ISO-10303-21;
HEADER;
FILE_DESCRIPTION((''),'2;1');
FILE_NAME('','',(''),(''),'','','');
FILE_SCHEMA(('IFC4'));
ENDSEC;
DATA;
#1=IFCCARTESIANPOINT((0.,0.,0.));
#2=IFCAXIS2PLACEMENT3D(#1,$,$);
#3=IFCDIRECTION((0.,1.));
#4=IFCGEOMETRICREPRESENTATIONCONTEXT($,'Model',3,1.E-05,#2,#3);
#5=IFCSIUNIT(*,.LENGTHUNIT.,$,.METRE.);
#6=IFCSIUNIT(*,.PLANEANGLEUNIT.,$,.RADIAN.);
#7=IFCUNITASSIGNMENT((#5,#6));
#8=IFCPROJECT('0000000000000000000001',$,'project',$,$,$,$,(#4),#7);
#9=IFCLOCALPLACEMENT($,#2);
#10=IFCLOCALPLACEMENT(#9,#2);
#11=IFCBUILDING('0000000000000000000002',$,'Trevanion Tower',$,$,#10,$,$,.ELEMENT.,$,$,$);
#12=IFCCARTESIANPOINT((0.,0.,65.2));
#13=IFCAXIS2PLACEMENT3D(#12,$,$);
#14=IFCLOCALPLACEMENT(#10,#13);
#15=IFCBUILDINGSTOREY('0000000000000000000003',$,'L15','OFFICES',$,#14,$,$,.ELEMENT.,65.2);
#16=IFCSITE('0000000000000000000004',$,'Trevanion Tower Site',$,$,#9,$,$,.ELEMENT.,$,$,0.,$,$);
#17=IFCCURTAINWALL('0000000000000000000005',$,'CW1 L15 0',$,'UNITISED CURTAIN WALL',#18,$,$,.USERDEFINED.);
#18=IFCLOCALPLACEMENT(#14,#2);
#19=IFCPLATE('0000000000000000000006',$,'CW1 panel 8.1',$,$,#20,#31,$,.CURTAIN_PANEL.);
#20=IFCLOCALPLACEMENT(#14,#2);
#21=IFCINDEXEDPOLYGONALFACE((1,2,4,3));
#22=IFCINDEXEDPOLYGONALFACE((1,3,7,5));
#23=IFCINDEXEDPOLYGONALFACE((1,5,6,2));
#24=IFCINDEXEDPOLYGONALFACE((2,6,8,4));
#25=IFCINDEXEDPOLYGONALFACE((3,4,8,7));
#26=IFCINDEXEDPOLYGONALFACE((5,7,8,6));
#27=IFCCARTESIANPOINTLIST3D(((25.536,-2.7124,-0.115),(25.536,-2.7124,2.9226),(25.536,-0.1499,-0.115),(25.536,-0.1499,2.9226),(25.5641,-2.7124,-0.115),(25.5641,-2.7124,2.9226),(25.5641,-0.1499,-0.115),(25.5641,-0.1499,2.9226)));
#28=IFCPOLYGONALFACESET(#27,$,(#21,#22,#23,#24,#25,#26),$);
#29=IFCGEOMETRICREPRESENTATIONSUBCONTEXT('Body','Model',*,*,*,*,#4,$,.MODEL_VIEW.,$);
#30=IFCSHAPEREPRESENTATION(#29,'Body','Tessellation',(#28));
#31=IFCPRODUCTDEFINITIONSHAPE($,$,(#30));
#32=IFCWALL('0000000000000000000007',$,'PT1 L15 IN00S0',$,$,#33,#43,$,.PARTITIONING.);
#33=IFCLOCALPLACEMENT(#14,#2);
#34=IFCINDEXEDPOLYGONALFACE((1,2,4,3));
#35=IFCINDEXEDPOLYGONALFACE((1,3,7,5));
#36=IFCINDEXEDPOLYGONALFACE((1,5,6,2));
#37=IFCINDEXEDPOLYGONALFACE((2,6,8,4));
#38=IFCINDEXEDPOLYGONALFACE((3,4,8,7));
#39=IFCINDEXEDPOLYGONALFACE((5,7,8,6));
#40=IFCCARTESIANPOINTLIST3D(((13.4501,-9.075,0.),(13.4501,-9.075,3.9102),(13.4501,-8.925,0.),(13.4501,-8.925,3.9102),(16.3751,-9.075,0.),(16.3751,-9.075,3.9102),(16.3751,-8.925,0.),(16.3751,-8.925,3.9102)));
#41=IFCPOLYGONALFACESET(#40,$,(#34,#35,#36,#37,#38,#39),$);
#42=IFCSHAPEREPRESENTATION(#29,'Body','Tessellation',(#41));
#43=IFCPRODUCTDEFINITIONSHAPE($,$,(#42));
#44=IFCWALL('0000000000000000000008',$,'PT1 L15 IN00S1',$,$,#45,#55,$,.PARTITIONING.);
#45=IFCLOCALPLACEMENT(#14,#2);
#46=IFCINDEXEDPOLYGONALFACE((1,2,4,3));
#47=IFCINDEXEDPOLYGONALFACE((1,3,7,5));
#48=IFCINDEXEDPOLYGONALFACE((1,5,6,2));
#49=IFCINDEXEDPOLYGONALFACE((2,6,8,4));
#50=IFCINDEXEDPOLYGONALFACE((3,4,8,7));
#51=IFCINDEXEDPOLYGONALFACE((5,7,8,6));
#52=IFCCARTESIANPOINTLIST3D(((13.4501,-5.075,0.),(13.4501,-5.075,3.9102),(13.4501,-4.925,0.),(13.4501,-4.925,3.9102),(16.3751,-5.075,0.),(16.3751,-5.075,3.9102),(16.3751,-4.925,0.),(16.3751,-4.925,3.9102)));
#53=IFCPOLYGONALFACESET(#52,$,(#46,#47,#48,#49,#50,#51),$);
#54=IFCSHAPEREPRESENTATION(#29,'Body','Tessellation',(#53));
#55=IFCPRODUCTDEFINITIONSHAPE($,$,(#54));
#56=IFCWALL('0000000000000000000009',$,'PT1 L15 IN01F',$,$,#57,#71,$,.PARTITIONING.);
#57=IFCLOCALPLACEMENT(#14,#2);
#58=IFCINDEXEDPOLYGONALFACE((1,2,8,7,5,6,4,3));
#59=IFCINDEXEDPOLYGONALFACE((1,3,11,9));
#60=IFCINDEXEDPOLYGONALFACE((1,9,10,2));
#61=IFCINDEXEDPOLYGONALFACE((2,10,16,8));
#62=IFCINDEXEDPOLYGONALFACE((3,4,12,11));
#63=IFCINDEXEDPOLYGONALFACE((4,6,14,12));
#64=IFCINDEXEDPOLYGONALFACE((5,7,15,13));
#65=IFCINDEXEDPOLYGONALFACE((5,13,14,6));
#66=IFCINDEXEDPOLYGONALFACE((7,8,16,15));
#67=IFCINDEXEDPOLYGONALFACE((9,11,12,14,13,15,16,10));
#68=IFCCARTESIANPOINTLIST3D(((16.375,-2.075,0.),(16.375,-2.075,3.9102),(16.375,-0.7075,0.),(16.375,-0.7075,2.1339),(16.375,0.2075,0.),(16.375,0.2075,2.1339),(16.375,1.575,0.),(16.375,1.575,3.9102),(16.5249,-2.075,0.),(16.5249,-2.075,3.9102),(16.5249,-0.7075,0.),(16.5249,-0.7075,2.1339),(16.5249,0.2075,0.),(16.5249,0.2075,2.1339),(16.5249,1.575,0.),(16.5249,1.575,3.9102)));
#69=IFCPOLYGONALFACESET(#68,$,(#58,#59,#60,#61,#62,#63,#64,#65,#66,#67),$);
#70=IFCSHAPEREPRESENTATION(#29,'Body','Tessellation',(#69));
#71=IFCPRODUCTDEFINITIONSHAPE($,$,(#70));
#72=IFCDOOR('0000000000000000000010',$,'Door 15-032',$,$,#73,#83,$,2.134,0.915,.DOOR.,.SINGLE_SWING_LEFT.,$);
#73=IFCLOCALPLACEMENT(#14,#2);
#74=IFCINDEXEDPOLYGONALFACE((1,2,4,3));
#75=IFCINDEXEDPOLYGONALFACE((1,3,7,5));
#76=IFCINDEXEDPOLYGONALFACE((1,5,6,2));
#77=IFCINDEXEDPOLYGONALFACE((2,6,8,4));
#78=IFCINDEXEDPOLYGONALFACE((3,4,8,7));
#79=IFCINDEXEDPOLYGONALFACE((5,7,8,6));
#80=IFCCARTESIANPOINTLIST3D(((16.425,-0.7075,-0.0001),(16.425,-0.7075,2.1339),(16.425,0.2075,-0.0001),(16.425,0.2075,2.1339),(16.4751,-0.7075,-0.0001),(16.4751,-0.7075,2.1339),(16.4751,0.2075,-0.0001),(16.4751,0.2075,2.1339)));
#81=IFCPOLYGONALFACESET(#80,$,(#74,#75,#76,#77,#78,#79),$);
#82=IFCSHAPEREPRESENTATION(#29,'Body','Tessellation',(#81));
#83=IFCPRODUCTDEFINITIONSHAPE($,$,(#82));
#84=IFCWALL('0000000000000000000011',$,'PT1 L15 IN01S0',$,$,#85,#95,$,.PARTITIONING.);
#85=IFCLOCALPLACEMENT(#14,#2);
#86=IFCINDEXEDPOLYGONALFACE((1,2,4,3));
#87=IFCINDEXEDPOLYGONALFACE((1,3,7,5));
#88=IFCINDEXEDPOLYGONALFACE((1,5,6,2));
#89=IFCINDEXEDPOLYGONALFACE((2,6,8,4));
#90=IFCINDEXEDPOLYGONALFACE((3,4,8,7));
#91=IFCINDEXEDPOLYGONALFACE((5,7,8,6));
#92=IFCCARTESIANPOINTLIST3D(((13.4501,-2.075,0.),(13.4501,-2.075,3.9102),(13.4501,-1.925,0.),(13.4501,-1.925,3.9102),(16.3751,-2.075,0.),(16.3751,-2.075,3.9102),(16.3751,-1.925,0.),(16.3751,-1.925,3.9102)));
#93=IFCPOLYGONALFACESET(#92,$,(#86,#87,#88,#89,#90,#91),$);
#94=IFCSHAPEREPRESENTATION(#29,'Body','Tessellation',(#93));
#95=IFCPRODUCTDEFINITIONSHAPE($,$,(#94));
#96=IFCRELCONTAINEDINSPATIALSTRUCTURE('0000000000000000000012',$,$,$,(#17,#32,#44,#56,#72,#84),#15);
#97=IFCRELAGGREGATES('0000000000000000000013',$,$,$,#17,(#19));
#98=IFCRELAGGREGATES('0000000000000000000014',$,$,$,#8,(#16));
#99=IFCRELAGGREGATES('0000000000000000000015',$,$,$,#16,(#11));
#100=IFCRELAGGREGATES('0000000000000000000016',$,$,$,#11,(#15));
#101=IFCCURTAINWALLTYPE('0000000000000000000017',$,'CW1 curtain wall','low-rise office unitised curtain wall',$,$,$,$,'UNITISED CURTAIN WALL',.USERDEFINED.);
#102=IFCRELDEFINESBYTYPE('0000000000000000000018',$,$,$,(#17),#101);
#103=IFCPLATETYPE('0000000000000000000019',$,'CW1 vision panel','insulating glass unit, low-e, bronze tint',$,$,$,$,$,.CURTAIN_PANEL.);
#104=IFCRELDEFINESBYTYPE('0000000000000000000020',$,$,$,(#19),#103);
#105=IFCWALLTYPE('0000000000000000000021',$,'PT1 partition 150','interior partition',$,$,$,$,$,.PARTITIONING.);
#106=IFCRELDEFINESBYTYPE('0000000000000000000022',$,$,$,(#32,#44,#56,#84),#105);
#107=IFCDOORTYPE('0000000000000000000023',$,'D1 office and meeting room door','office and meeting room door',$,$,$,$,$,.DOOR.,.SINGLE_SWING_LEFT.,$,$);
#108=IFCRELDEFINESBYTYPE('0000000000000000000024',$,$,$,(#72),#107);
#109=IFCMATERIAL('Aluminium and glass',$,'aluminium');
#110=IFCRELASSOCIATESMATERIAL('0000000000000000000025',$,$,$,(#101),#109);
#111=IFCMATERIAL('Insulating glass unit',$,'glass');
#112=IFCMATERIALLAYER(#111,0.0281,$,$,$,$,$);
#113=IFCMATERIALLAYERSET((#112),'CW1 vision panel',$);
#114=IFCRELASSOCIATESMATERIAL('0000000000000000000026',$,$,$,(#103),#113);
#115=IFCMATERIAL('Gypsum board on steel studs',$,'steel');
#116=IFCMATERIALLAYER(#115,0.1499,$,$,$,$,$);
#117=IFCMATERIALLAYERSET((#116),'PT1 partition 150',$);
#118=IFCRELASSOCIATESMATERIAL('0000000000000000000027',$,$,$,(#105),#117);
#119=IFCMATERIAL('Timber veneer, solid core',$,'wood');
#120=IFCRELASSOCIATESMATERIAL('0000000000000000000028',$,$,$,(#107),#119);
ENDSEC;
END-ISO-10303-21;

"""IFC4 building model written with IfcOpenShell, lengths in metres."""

from ifc_helpers import new_model, si_unit, direction, frame, frame_2d, origin, origin_2d, place, context, subcontext, project, spatial, rectangle, extrude, material, layer, layer_set, type_object, element, fill, aggregate, save


model = new_model("IFC4")

# Units and contexts
model_context = context("Model", 3, precision=1e-05, world=origin(), true_north=direction((0.0, 1.0)))
body_context = subcontext(model_context, "Body", "Model", "MODEL_VIEW")
ifc_project = project(units=[si_unit("LENGTHUNIT", "METRE"), si_unit("PLANEANGLEUNIT", "RADIAN")], contexts=[model_context])

# Site, building, storey
site_placement = place(None, origin())
site = spatial("IfcSite", under=ifc_project, at=site_placement, Name="Trevanion Tower Site", CompositionType="ELEMENT", RefElevation=0.0)
building_placement = place(site_placement, origin())
building = spatial("IfcBuilding", under=site, at=building_placement, Name="Trevanion Tower", CompositionType="ELEMENT")
storey_placement = place(building_placement, frame((0.0, 0.0, 65.2)))
storey = spatial("IfcBuildingStorey", under=building, at=storey_placement, Name="L15", Description="OFFICES", CompositionType="ELEMENT", Elevation=65.2)

# Curtain wall, plate
ifc_material_1 = material(Name="Aluminium and glass", Category="aluminium")
curtain_wall_type = type_object("IfcCurtainWallType", Name="CW1 curtain wall", Description="low-rise office unitised curtain wall", ElementType="UNITISED CURTAIN WALL", PredefinedType="USERDEFINED", material=ifc_material_1)
curtain_wall_placement = place(storey_placement, origin())
curtain_wall = element("IfcCurtainWall", 1, at=curtain_wall_placement, inside=storey, type_object=curtain_wall_type, Name="CW1 L15 0", ObjectType="UNITISED CURTAIN WALL", PredefinedType="USERDEFINED")
ifc_material_2 = material(Name="Insulating glass unit", Category="glass")
ifc_layer_1 = layer(ifc_material_2, 0.0281)
ifc_layer_set_1 = layer_set([ifc_layer_1], Name="CW1 vision panel")
plate_type_1 = type_object("IfcPlateType", Name="CW1 vision panel", Description="insulating glass unit, low-e, bronze tint", PredefinedType="CURTAIN_PANEL", material=ifc_layer_set_1)
plate_1_placement = place(storey_placement, frame((25.55, -1.4312, -0.115), z_axis=(0.0, 0.0, 1.0), x_axis=(0.0, 1.0, 0.0)))
plate_1 = element("IfcPlate", 2, at=plate_1_placement, type_object=plate_type_1, Name="CW1 panel 8.1", PredefinedType="CURTAIN_PANEL", context=body_context, shape_type="SweptSolid", body=[
    extrude(rectangle(XDim=2.5625, YDim=0.0281, at=origin_2d()), origin(), (0.0, 0.0, 1.0), 3.0376),
])
aggregate(curtain_wall, [plate_1])

# Walls
ifc_material_3 = material(Name="Gypsum board on steel studs", Category="steel")
ifc_layer_2 = layer(ifc_material_3, 0.1499)
ifc_layer_set_2 = layer_set([ifc_layer_2], Name="PT1 partition 150")
wall_type = type_object("IfcWallType", Name="PT1 partition 150", Description="interior partition", PredefinedType="PARTITIONING", material=ifc_layer_set_2)
for number, where, z_axis, x_axis, name in (
    (3, (16.375, -9.0, 0.0), (0.0, 0.0, 1.0), (-1.0, 0.0, 0.0), "PT1 L15 IN00S0"),
    (4, (16.375, -5.0, 0.0), (0.0, 0.0, 1.0), (-1.0, 0.0, 0.0), "PT1 L15 IN00S1"),
):
    element("IfcWall", number, at=place(storey_placement, frame(where, z_axis=z_axis, x_axis=x_axis)), inside=storey, type_object=wall_type, Name=name, PredefinedType="PARTITIONING", context=body_context, shape_type="SweptSolid", body=[
        extrude(rectangle(XDim=2.925, YDim=0.1499, at=frame_2d((1.4624, 0.0))), origin(), (0.0, 0.0, 1.0), 3.9102),
    ])

# Wall, opening, door
wall_1_placement = place(storey_placement, frame((16.45, -2.075, 0.0), z_axis=(0.0, 0.0, 1.0), x_axis=(0.0, 1.0, 0.0)))
wall_1 = element("IfcWall", 5, at=wall_1_placement, inside=storey, type_object=wall_type, Name="PT1 L15 IN01F", PredefinedType="PARTITIONING", context=body_context, shape_type="SweptSolid", body=[
    extrude(rectangle(XDim=3.6499, YDim=0.1499, at=frame_2d((1.825, 0.0))), origin(), (0.0, 0.0, 1.0), 3.9102),
])
opening_placement = place(wall_1_placement, frame((1.3674, 0.0, 0.0)))
opening = element("IfcOpeningElement", 6, at=opening_placement, cuts=wall_1, PredefinedType="OPENING", context=body_context, shape_type="SweptSolid", body=[
    extrude(rectangle(XDim=0.915, YDim=2.134, at=frame_2d((0.4575, 1.0669))), frame((0.0, 0.085, 0.0), z_axis=(0.0, -1.0, 0.0), x_axis=(1.0, 0.0, 0.0)), (0.0, 0.0, 1.0), 0.1699),
])
ifc_material_4 = material(Name="Timber veneer, solid core", Category="wood")
door_type = type_object("IfcDoorType", Name="D1 office and meeting room door", Description="office and meeting room door", OperationType="SINGLE_SWING_LEFT", PredefinedType="DOOR", material=ifc_material_4)
door_placement = place(opening_placement, origin())
door = element("IfcDoor", 7, at=door_placement, inside=storey, type_object=door_type, Name="Door 15-032", OperationType="SINGLE_SWING_LEFT", OverallHeight=2.134, OverallWidth=0.915, PredefinedType="DOOR", context=body_context, shape_type="SweptSolid", body=[
    extrude(rectangle(XDim=0.915, YDim=2.134, at=frame_2d((0.4575, 1.0669))), frame((0.0, 0.0249, 0.0), z_axis=(0.0, -1.0, 0.0), x_axis=(1.0, 0.0, 0.0)), (0.0, 0.0, 1.0), 0.05),
])
fill(opening, door)

# Wall
wall_2_placement = place(storey_placement, frame((16.375, -2.0, 0.0), z_axis=(0.0, 0.0, 1.0), x_axis=(-1.0, 0.0, 0.0)))
element("IfcWall", 8, at=wall_2_placement, inside=storey, type_object=wall_type, Name="PT1 L15 IN01S0", PredefinedType="PARTITIONING", context=body_context, shape_type="SweptSolid", body=[
    extrude(rectangle(XDim=2.925, YDim=0.1499, at=frame_2d((1.4624, 0.0))), origin(), (0.0, 0.0, 1.0), 3.9102),
])

save(model, "model.ifc")
